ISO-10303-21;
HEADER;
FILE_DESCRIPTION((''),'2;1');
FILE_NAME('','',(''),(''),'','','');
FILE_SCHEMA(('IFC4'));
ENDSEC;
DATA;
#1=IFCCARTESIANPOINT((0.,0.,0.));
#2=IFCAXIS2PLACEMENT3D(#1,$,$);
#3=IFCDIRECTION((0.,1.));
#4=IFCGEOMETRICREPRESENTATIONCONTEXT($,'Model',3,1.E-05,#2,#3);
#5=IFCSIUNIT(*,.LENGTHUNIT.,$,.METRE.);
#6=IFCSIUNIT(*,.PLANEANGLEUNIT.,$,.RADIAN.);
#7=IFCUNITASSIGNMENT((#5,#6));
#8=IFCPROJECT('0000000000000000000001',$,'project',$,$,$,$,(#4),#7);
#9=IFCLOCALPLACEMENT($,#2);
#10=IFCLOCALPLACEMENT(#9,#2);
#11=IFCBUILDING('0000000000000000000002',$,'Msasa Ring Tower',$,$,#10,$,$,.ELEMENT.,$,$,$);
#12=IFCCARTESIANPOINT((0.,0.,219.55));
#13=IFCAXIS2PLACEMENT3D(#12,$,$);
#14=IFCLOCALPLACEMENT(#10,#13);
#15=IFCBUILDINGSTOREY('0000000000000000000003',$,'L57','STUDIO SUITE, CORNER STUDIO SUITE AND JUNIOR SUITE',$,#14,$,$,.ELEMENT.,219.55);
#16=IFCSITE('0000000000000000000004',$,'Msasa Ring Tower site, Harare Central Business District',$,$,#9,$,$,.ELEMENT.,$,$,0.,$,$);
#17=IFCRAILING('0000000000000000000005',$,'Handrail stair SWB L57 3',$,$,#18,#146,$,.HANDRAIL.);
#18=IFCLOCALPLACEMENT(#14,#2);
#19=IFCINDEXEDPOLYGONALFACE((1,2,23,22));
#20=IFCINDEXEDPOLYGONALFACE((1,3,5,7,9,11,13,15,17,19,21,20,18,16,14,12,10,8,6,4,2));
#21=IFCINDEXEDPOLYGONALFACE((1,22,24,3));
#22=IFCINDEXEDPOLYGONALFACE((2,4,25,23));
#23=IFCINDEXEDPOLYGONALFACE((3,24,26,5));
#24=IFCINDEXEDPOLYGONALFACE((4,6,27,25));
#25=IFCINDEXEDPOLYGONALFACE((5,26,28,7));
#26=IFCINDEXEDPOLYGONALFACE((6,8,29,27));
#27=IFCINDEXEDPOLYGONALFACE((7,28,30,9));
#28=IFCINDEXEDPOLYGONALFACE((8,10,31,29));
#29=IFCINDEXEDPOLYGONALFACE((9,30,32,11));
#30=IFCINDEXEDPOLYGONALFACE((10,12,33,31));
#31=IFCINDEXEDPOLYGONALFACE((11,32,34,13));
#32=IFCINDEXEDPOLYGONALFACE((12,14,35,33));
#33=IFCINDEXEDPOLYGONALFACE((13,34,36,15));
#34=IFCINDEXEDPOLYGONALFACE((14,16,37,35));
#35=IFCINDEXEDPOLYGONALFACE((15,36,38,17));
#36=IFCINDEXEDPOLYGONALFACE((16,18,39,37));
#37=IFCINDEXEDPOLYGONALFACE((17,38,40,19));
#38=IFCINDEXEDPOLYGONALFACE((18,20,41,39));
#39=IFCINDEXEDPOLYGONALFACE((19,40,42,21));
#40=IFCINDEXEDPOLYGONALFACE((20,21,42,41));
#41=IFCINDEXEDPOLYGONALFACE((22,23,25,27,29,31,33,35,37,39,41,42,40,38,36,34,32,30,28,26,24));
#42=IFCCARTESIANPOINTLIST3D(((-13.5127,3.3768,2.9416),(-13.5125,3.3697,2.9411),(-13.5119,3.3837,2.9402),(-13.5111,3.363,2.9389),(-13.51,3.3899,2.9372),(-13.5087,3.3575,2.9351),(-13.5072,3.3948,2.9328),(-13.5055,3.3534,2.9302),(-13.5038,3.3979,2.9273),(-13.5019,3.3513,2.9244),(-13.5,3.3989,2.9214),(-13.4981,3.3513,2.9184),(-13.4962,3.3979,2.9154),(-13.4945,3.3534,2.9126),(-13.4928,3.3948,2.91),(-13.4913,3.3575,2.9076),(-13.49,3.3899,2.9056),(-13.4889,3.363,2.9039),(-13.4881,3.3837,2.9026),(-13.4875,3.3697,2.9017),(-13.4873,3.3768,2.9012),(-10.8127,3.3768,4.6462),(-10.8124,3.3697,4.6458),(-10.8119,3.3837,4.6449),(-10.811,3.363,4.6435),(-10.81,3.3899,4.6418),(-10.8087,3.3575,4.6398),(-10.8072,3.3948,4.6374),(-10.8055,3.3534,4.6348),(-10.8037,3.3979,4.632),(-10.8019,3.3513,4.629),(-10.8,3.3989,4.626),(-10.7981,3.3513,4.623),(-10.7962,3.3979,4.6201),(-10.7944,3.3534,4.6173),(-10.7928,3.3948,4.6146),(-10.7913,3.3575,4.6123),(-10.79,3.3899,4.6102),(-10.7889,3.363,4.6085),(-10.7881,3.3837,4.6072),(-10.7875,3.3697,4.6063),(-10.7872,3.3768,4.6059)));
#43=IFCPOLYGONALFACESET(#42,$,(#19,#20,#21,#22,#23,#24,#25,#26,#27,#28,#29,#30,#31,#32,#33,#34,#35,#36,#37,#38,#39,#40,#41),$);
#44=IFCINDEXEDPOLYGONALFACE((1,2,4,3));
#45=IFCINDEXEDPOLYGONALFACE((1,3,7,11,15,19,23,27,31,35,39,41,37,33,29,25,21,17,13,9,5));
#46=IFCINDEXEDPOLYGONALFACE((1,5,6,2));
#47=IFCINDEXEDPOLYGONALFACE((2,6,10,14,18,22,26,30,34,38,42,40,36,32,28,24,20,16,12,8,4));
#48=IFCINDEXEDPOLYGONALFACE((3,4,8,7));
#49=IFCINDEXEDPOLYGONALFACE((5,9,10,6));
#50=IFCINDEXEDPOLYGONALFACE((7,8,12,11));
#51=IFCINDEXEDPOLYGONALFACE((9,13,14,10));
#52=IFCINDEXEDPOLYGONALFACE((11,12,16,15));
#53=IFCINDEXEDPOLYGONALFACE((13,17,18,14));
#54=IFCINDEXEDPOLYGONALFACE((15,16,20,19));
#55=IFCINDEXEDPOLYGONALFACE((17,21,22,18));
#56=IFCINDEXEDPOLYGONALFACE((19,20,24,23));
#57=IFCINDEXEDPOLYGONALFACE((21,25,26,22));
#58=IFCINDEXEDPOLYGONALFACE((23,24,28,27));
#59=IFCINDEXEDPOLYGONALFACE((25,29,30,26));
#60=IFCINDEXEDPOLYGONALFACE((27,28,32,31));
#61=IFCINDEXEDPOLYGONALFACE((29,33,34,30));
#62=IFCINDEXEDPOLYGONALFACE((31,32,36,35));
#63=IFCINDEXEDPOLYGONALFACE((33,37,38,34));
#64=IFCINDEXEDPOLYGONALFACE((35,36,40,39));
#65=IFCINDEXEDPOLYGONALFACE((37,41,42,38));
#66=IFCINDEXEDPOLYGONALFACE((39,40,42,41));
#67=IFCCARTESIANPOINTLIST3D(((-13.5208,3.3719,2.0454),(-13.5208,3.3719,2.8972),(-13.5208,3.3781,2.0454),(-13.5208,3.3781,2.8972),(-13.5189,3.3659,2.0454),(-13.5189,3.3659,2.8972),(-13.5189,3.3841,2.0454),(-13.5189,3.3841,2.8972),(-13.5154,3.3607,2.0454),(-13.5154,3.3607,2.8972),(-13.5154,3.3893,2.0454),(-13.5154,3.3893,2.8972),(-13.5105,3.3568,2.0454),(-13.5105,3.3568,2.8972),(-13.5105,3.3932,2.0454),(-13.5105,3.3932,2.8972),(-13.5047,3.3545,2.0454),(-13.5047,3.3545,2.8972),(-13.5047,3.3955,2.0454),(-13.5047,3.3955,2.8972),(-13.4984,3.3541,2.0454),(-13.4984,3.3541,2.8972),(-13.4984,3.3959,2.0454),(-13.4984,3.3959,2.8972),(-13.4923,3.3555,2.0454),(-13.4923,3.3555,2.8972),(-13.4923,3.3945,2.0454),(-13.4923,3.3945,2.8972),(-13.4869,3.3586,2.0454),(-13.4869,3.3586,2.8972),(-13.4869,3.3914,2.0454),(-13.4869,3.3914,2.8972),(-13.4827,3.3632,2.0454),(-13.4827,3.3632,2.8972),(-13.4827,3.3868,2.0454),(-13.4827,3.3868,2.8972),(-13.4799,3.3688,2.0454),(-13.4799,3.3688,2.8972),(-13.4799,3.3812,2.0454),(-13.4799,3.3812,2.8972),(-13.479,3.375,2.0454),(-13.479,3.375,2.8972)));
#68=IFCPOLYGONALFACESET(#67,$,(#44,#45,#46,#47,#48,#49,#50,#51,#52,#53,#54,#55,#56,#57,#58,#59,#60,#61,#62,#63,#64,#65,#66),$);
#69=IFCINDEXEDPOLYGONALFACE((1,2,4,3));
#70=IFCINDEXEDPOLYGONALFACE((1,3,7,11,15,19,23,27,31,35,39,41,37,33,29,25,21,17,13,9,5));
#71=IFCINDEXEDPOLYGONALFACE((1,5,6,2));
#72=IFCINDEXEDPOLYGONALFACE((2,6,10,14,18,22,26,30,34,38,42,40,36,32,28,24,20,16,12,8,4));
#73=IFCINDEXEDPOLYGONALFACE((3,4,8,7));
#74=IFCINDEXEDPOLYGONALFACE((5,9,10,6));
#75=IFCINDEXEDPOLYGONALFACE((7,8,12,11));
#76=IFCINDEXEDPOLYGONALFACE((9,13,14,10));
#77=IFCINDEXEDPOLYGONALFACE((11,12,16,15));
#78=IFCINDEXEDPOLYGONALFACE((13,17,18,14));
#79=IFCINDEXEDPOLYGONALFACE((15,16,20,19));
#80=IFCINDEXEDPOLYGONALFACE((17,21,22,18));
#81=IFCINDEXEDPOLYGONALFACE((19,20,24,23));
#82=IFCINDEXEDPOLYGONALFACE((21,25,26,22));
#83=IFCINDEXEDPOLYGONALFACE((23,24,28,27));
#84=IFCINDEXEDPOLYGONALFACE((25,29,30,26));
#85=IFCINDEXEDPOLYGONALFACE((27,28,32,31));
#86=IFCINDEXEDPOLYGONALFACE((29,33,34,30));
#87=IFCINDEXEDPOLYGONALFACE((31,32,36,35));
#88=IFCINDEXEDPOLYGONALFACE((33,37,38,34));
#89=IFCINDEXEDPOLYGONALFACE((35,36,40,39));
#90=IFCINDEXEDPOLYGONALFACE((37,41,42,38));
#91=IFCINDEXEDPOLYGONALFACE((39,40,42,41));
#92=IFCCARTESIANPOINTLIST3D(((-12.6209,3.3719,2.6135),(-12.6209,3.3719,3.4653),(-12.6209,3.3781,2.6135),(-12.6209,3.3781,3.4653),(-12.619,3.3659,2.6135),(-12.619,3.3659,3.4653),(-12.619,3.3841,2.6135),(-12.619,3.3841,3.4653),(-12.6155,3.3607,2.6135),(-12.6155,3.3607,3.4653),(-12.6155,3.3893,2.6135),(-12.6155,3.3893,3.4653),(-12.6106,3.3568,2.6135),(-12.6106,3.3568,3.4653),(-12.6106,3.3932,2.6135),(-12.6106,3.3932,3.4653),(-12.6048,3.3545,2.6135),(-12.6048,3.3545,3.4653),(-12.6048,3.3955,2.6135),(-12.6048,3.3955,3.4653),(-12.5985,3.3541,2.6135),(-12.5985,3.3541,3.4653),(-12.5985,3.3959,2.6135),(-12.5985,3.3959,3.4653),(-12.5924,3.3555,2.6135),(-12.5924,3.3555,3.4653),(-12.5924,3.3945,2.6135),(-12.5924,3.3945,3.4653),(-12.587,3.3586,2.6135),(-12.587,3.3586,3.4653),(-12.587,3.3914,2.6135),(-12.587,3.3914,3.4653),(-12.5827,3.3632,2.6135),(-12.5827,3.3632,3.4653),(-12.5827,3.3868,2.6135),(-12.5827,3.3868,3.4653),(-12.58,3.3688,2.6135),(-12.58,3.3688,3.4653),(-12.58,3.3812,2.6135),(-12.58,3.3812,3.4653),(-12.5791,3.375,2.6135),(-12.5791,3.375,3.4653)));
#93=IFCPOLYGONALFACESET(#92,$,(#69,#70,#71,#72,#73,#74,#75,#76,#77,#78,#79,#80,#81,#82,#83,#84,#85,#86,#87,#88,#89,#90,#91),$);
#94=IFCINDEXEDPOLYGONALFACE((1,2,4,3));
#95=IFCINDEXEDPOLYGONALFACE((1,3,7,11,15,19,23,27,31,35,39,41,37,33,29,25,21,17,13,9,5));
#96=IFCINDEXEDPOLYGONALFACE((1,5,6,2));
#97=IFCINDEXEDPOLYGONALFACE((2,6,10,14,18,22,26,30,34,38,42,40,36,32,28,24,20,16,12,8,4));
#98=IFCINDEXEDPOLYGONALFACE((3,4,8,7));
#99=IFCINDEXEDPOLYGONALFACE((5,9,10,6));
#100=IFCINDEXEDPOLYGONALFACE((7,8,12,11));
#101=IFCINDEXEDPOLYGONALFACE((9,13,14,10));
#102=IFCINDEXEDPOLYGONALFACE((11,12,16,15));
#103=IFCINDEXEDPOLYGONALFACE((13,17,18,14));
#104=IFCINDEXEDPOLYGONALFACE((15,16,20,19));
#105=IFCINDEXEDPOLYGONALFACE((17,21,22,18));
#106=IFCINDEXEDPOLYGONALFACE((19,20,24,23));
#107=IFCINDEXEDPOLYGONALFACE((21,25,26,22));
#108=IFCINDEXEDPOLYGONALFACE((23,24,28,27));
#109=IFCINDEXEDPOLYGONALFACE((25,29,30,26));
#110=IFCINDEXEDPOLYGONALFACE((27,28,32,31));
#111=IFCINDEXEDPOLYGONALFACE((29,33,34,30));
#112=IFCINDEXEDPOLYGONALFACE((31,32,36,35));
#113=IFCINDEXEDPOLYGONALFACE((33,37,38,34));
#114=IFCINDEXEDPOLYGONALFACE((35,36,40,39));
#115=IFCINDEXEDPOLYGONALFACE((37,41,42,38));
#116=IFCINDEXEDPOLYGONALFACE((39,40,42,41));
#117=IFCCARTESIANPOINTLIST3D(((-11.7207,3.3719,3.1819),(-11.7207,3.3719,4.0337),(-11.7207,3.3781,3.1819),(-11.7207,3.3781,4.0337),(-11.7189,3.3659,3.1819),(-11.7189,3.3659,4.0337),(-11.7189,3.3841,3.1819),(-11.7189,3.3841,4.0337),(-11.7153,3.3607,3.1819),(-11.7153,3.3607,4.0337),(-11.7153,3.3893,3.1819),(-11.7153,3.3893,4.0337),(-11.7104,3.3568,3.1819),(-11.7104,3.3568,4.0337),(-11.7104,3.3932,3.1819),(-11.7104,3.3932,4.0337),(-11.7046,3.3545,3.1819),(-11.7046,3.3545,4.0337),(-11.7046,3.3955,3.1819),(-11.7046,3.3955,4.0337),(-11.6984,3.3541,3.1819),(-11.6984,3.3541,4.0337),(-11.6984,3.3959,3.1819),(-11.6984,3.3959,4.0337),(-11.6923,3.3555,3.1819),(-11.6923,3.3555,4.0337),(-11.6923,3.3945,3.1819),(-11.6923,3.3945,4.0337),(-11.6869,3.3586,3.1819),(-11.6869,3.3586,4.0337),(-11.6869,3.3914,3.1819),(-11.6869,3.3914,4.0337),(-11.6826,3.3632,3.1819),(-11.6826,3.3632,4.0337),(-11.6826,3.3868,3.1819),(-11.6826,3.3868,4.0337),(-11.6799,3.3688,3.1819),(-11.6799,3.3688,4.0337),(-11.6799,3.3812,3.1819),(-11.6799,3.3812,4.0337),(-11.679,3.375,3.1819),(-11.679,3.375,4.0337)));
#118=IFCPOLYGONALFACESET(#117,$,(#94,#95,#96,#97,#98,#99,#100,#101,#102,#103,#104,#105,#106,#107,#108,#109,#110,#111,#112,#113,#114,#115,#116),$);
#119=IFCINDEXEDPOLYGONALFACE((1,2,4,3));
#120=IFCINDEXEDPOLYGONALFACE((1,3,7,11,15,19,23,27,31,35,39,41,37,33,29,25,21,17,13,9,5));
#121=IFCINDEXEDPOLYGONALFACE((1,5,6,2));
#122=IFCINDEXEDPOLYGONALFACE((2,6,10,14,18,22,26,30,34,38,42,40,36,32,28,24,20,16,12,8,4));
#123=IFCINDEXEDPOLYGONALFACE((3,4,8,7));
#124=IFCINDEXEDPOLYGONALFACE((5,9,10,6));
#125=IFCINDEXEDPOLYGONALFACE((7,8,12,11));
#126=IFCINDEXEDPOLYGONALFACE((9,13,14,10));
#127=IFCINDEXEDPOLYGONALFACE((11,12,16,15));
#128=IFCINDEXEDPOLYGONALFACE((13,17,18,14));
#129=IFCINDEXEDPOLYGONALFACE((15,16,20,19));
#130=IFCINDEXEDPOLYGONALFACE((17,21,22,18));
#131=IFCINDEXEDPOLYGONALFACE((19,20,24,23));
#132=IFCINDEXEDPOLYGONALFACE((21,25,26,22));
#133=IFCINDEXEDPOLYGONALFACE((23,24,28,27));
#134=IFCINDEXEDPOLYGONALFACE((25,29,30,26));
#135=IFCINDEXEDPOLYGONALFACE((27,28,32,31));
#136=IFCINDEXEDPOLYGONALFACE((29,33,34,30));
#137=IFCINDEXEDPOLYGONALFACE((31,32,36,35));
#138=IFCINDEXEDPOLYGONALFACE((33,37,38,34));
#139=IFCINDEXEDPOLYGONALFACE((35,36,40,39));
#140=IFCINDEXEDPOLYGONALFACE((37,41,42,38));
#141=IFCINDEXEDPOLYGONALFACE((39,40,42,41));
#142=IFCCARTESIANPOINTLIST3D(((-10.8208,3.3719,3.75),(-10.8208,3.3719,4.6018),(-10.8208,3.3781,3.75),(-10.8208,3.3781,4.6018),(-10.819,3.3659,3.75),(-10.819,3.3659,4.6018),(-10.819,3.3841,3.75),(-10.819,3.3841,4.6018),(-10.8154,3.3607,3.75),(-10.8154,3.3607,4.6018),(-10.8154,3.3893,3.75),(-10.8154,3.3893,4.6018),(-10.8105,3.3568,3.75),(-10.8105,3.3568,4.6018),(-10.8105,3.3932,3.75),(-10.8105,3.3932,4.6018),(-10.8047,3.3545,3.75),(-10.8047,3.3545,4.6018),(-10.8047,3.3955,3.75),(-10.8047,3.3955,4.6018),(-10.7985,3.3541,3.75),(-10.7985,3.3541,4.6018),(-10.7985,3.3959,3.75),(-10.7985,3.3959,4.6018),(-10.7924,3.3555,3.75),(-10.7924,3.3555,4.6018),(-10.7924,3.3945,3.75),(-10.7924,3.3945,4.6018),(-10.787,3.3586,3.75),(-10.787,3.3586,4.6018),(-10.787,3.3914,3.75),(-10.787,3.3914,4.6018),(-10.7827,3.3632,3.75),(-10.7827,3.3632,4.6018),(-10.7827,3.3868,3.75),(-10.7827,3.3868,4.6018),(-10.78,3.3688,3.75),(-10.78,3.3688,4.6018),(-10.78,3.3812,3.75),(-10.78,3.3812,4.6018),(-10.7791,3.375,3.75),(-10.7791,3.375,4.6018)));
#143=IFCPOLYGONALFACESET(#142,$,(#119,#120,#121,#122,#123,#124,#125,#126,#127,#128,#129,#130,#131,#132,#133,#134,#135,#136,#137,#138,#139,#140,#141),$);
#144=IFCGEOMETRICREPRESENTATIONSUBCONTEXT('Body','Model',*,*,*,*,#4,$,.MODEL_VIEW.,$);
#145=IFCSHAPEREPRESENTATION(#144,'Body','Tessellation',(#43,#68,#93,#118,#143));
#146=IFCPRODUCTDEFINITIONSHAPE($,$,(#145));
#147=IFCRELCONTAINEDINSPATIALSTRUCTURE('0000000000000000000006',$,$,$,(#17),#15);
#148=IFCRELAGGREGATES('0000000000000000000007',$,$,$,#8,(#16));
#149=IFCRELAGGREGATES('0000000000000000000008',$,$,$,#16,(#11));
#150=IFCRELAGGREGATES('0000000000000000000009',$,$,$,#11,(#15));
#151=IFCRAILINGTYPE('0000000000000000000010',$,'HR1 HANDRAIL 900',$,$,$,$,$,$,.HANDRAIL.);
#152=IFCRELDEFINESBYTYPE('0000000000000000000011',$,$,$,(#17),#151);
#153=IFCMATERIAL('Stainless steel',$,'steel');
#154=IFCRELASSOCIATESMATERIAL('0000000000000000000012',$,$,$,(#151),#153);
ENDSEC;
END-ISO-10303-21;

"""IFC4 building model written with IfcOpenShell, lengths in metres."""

from ifc_helpers import new_model, si_unit, direction, frame, origin, origin_2d, place, context, subcontext, project, spatial, circle, extrude, material, type_object, element, save


model = new_model("IFC4")

# Units and contexts
model_context = context("Model", 3, precision=1e-05, world=origin(), true_north=direction((0.0, 1.0)))
body_context = subcontext(model_context, "Body", "Model", "MODEL_VIEW")
ifc_project = project(units=[si_unit("LENGTHUNIT", "METRE"), si_unit("PLANEANGLEUNIT", "RADIAN")], contexts=[model_context])

# Site, building, storey
site_placement = place(None, origin())
site = spatial("IfcSite", under=ifc_project, at=site_placement, Name="Msasa Ring Tower site, Harare Central Business District", CompositionType="ELEMENT", RefElevation=0.0)
building_placement = place(site_placement, origin())
building = spatial("IfcBuilding", under=site, at=building_placement, Name="Msasa Ring Tower", CompositionType="ELEMENT")
storey_placement = place(building_placement, frame((0.0, 0.0, 219.55)))
storey = spatial("IfcBuildingStorey", under=building, at=storey_placement, Name="L57", Description="STUDIO SUITE, CORNER STUDIO SUITE AND JUNIOR SUITE", CompositionType="ELEMENT", Elevation=219.55)

# Railing
ifc_material_1 = material(Name="Stainless steel", Category="steel")
railing_type = type_object("IfcRailingType", Name="HR1 HANDRAIL 900", PredefinedType="HANDRAIL", material=ifc_material_1)
for number, where, name in (
    (1, (-13.5, 3.375, 2.0454), "Handrail stair SWB L57 3"),
):
    element("IfcRailing", number, at=place(storey_placement, frame(where)), inside=storey, type_object=railing_type, Name=name, PredefinedType="HANDRAIL", context=body_context, shape_type="SweptSolid", body=[
        extrude(circle(Radius=0.0239, at=origin_2d()), frame((0.0, 0.0, 0.876), z_axis=(0.84558, 0.0, 0.533849), x_axis=(0.0, 1.0, 0.0)), (0.0, 0.0, 1.0), 3.1931),
        extrude(circle(Radius=0.021, at=origin_2d()), origin(), (0.0, 0.0, 1.0), 0.8518),
        extrude(circle(Radius=0.021, at=origin_2d()), frame((0.8999, 0.0, 0.5681)), (0.0, 0.0, 1.0), 0.8518),
        extrude(circle(Radius=0.021, at=origin_2d()), frame((1.8, 0.0, 1.1365)), (0.0, 0.0, 1.0), 0.8518),
        extrude(circle(Radius=0.021, at=origin_2d()), frame((2.7, 0.0, 1.7046)), (0.0, 0.0, 1.0), 0.8518),
    ])

save(model, "model.ifc")
